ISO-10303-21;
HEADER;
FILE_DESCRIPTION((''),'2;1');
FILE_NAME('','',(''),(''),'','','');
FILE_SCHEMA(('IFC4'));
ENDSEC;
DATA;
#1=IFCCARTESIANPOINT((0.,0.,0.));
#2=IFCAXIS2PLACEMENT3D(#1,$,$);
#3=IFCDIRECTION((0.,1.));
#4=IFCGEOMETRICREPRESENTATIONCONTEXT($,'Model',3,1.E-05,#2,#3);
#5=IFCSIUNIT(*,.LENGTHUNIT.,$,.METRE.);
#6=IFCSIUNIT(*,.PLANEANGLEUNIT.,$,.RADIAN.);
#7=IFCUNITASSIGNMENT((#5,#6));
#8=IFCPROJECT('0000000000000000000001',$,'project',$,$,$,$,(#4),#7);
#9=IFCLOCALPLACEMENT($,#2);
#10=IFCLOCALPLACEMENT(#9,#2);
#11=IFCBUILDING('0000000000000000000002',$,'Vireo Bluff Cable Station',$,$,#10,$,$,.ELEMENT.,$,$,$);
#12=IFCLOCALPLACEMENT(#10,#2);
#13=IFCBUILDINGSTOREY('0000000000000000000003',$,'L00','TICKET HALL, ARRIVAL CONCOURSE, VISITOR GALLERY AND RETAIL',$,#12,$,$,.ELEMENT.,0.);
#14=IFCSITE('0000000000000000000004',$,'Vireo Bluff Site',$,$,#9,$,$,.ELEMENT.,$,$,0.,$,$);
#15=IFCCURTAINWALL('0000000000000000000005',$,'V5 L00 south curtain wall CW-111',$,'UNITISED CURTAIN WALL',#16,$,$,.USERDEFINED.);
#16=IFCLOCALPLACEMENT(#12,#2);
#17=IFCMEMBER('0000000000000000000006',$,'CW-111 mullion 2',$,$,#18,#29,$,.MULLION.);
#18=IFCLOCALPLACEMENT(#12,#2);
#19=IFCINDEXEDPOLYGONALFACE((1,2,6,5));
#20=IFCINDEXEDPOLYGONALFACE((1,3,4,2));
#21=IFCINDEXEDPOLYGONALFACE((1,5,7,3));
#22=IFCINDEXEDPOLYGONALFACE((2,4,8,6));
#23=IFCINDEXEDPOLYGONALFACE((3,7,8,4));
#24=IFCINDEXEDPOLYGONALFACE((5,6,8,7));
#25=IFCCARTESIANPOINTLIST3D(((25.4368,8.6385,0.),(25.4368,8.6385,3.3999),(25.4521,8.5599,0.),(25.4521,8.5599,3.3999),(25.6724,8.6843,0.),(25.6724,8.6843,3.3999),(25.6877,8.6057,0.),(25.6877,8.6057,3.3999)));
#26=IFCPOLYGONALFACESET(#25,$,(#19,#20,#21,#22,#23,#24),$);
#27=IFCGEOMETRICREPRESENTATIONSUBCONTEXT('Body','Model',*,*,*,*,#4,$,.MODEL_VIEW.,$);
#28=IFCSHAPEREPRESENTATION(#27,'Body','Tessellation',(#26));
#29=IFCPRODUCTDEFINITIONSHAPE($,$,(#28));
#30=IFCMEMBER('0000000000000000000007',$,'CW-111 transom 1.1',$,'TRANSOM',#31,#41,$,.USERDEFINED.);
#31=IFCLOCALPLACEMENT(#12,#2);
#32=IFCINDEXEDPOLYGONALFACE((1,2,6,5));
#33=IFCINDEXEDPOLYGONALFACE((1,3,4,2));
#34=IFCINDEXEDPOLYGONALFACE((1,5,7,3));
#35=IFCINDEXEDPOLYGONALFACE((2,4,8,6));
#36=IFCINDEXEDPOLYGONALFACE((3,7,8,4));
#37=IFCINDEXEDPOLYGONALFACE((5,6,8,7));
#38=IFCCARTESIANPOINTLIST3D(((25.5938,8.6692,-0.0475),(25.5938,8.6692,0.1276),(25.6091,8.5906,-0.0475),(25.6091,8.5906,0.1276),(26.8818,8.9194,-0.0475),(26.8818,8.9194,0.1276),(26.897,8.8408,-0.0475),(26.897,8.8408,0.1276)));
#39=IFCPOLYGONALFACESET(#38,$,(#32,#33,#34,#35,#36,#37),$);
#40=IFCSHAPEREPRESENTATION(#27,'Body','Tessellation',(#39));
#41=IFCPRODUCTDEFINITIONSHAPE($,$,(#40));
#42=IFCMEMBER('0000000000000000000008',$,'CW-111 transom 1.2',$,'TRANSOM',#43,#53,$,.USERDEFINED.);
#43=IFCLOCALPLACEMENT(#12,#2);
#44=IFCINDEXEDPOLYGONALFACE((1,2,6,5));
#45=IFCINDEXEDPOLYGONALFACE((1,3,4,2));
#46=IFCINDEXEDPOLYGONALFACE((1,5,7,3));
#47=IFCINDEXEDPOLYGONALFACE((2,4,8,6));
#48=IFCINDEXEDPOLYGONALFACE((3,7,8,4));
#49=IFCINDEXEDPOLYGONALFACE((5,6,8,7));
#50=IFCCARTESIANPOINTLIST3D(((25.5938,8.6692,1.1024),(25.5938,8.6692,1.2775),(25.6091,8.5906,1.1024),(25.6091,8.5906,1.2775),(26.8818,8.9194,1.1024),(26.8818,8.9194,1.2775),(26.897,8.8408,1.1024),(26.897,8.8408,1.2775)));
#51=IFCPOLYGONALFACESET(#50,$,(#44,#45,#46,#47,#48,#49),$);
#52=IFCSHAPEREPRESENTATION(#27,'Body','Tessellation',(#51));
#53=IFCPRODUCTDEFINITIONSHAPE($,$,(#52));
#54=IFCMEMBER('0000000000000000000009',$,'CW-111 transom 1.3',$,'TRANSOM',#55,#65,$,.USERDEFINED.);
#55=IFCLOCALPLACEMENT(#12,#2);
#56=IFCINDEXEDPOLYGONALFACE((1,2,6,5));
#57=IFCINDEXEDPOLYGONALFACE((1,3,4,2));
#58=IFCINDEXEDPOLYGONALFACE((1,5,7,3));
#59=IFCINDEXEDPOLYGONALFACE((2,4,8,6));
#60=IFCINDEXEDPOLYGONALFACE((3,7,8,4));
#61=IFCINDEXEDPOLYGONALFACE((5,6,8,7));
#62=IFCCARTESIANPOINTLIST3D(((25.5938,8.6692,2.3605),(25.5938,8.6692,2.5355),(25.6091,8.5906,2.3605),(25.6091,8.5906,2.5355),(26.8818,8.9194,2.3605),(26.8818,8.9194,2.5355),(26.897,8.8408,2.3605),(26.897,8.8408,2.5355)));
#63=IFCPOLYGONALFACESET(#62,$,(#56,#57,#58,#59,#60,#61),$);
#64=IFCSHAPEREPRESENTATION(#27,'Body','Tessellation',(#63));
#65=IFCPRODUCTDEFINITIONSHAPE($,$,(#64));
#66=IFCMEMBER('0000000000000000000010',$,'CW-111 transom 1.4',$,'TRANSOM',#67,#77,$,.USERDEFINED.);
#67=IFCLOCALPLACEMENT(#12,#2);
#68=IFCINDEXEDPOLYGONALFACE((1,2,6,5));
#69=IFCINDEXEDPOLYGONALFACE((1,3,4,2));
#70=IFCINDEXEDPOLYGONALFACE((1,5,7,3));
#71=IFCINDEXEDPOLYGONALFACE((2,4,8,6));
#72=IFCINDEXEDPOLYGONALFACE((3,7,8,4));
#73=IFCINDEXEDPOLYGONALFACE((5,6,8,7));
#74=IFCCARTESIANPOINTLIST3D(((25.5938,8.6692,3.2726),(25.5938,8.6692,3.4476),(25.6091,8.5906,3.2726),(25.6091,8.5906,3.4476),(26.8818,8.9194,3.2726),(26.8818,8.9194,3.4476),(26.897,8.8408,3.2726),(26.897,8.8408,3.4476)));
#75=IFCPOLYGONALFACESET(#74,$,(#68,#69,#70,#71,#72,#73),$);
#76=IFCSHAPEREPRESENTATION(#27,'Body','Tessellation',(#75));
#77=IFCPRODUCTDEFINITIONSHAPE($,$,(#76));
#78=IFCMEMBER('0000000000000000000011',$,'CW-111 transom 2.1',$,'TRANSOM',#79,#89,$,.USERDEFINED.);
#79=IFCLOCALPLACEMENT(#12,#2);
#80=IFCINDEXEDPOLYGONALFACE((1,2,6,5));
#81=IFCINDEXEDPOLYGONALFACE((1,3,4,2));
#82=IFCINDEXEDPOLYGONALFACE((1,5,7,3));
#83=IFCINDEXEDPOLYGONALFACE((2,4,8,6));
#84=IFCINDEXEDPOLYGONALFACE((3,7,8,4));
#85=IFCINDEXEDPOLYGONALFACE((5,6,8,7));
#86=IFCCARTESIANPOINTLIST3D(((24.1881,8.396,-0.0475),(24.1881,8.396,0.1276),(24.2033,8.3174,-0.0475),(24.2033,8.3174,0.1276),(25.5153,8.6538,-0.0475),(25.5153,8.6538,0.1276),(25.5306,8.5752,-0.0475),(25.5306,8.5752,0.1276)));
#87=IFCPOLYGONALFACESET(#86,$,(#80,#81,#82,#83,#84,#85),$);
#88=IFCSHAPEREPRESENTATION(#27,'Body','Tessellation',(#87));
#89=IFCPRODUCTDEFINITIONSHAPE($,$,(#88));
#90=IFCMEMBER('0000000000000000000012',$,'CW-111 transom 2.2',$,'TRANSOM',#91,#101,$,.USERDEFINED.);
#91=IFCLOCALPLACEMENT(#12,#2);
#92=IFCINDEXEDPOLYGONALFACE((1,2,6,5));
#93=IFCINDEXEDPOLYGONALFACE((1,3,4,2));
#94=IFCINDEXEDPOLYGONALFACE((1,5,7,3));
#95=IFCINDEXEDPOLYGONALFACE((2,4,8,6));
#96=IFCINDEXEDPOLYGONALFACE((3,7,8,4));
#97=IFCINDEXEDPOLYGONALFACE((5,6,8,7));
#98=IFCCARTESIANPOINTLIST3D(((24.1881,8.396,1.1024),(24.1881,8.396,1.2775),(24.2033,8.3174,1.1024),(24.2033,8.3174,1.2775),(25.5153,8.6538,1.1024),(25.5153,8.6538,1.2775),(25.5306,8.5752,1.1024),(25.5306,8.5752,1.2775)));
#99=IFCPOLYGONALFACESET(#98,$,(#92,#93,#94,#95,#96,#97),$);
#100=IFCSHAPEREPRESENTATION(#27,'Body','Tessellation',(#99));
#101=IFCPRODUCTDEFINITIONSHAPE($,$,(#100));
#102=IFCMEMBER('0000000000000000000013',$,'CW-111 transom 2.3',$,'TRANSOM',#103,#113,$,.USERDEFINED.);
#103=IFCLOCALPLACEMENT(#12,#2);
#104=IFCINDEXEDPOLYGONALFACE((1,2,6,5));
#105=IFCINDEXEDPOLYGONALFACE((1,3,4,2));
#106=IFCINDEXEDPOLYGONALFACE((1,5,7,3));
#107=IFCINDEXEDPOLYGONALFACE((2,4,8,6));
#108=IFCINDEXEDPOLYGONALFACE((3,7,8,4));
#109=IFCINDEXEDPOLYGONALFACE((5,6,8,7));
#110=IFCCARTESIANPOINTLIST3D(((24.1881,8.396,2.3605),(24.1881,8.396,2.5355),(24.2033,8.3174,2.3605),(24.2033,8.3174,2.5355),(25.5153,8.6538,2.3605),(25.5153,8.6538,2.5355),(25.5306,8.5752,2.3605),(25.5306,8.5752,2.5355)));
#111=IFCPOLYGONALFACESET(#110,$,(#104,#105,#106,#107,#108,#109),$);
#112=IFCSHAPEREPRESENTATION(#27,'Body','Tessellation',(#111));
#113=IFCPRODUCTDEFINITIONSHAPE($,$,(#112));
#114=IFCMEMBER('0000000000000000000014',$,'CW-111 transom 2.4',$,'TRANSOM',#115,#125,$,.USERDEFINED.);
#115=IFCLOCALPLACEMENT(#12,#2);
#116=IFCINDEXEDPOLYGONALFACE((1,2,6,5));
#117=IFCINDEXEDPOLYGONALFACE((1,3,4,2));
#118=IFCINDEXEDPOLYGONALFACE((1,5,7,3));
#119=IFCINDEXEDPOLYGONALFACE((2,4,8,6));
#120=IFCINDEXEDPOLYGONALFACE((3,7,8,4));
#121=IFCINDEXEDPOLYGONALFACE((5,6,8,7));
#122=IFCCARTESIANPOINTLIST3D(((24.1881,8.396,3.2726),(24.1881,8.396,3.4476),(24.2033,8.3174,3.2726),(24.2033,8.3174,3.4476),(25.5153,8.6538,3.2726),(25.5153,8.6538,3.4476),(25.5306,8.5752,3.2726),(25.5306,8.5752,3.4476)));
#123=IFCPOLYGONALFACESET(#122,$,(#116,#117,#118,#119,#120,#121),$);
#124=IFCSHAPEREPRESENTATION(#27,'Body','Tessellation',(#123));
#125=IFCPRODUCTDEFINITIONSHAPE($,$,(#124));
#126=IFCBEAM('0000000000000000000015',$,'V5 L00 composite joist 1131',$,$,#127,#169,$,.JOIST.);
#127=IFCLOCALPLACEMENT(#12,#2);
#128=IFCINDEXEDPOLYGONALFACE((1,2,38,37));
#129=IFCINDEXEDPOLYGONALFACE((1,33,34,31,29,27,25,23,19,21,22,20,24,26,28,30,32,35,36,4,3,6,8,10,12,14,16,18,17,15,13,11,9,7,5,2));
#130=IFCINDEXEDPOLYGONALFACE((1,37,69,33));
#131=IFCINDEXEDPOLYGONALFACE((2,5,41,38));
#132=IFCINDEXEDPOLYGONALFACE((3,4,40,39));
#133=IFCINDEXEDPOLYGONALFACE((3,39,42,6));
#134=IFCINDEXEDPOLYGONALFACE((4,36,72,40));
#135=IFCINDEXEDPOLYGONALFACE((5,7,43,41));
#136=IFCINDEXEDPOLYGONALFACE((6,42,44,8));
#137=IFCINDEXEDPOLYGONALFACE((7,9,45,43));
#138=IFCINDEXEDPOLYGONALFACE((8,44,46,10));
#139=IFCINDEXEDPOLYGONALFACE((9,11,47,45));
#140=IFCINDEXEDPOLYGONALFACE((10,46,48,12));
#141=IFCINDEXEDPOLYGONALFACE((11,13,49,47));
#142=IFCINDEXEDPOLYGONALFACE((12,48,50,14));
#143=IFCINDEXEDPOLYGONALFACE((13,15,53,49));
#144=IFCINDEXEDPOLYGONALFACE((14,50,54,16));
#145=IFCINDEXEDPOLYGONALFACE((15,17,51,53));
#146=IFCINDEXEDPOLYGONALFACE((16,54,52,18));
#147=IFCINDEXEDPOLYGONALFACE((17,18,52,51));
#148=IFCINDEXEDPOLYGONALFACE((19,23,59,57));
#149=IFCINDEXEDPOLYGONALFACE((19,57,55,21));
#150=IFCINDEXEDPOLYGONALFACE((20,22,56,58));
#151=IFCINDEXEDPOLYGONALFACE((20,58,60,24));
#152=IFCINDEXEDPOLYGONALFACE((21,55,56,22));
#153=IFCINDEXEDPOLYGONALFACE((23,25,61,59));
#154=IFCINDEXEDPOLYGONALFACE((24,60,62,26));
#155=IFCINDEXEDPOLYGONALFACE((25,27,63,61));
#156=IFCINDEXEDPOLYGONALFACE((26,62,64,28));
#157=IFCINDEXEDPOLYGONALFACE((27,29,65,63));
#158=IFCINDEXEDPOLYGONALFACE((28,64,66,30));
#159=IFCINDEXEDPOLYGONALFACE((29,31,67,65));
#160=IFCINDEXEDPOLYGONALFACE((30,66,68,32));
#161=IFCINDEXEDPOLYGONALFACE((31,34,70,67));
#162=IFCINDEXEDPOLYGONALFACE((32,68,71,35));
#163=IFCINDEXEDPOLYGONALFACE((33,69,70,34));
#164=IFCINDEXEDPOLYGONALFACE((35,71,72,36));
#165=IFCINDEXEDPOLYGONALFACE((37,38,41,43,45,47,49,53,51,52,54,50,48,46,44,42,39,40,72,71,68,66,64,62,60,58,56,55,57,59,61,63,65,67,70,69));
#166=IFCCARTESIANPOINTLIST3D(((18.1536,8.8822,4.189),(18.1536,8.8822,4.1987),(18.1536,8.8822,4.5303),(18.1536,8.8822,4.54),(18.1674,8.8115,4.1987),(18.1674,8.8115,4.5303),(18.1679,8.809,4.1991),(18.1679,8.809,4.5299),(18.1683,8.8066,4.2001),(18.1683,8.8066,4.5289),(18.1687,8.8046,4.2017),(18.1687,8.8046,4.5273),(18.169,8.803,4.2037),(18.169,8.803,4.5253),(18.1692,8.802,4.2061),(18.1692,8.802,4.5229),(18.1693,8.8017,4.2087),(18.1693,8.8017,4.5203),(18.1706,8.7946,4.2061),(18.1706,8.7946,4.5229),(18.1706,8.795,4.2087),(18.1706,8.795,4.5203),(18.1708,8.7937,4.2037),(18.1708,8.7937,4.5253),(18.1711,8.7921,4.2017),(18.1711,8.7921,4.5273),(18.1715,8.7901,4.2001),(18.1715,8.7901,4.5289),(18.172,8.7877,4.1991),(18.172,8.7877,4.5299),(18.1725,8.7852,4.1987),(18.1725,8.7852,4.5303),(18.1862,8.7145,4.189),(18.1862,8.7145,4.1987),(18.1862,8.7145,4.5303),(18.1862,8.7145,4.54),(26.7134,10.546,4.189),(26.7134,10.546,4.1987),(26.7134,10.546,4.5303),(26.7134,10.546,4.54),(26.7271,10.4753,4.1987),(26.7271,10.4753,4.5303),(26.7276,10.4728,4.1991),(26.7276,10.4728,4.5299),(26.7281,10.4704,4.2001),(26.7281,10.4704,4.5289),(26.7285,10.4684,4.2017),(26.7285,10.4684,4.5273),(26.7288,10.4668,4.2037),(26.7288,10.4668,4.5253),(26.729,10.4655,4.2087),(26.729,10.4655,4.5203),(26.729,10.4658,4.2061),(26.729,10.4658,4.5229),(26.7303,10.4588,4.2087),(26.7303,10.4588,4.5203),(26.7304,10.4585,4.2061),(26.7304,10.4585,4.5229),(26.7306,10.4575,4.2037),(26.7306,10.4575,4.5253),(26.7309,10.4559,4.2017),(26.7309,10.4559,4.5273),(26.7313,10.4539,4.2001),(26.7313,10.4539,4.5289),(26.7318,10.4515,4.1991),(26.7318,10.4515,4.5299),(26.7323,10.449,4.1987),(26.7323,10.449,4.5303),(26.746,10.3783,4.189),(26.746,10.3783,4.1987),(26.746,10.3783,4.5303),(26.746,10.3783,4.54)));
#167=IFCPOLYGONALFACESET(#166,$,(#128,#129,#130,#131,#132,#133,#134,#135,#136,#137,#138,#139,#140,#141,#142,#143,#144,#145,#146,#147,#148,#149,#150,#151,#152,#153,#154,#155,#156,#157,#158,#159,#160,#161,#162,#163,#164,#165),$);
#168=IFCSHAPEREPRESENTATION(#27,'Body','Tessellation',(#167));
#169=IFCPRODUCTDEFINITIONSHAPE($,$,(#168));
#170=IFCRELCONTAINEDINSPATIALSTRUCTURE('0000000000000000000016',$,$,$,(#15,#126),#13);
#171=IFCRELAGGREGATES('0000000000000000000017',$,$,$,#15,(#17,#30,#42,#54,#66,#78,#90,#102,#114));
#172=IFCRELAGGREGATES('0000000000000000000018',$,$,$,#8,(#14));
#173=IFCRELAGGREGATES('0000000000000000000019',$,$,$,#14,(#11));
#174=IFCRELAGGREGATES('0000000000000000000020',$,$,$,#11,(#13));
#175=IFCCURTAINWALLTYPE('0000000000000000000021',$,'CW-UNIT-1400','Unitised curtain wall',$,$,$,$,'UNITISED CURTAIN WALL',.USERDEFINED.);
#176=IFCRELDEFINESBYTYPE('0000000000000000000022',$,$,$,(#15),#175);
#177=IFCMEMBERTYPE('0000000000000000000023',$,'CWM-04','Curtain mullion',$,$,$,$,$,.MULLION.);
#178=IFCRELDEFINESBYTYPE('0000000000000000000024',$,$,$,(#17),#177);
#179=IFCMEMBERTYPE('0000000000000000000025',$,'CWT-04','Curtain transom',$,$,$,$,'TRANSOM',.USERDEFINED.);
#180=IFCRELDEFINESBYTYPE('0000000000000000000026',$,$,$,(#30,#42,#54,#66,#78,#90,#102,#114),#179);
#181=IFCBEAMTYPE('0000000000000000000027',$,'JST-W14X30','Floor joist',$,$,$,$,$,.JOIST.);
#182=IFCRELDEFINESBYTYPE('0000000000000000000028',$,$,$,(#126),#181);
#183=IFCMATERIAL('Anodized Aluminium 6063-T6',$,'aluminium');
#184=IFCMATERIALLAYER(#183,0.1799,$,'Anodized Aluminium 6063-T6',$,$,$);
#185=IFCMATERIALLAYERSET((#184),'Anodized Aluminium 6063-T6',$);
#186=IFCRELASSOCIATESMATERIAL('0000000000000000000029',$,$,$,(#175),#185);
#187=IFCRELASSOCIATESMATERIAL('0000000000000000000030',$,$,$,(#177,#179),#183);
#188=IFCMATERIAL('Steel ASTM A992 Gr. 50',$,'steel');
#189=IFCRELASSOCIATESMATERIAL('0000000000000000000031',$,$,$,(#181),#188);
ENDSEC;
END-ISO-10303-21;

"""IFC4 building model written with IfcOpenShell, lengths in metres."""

from ifc_helpers import new_model, si_unit, direction, frame, origin, origin_2d, place, context, subcontext, project, spatial, rectangle, i_section, extrude, material, layer, layer_set, material_profile, profile_set, type_object, element, aggregate, save


model = new_model("IFC4")

# Units and contexts
model_context = context("Model", 3, precision=1e-05, world=origin(), true_north=direction((0.0, 1.0)))
body_context = subcontext(model_context, "Body", "Model", "MODEL_VIEW")
ifc_project = project(units=[si_unit("LENGTHUNIT", "METRE"), si_unit("PLANEANGLEUNIT", "RADIAN")], contexts=[model_context])

# Site, building, storey
site_placement = place(None, origin())
site = spatial("IfcSite", under=ifc_project, at=site_placement, Name="Vireo Bluff Site", CompositionType="ELEMENT", RefElevation=0.0)
building_placement = place(site_placement, origin())
building = spatial("IfcBuilding", under=site, at=building_placement, Name="Vireo Bluff Cable Station", CompositionType="ELEMENT")
storey_placement = place(building_placement, origin())
storey = spatial("IfcBuildingStorey", under=building, at=storey_placement, Name="L00", Description="TICKET HALL, ARRIVAL CONCOURSE, VISITOR GALLERY AND RETAIL", CompositionType="ELEMENT", Elevation=0.0)

# Shared definitions
ifc_material_1 = material(Name="Steel ASTM A992 Gr. 50", Category="steel")

# Curtain wall, members
ifc_material_2 = material(Name="Anodized Aluminium 6063-T6", Category="aluminium")
ifc_layer_1 = layer(ifc_material_2, 0.1799, Name="Anodized Aluminium 6063-T6")
ifc_layer_set_1 = layer_set([ifc_layer_1], Name="Anodized Aluminium 6063-T6")
curtain_wall_type = type_object("IfcCurtainWallType", Name="CW-UNIT-1400", Description="Unitised curtain wall", ElementType="UNITISED CURTAIN WALL", PredefinedType="USERDEFINED", material=ifc_layer_set_1)
curtain_wall_placement = place(storey_placement, origin())
curtain_wall = element("IfcCurtainWall", 1, at=curtain_wall_placement, inside=storey, type_object=curtain_wall_type, Name="V5 L00 south curtain wall CW-111", ObjectType="UNITISED CURTAIN WALL", PredefinedType="USERDEFINED")
ifc_material_profile_1 = material_profile(ifc_material_2, rectangle(XDim=0.0801, YDim=0.24, at=origin_2d()), Name="ALU-M-80X240")
ifc_profile_set_1 = profile_set([ifc_material_profile_1], Name="Anodized Aluminium 6063-T6")
member_type_1 = type_object("IfcMemberType", Name="CWM-04", Description="Curtain mullion", PredefinedType="MULLION", material=ifc_profile_set_1)
member_1_placement = place(storey_placement, frame((25.5623, 8.6221, 0.0), z_axis=(0.0, 0.0, 1.0), x_axis=(0.190809, -0.981627, 0.0)))
member_1 = element("IfcMember", 2, at=member_1_placement, type_object=member_type_1, Name="CW-111 mullion 2", PredefinedType="MULLION", context=body_context, shape_type="SweptSolid", body=[
    extrude(rectangle(XDim=0.0801, YDim=0.24, at=origin_2d()), origin(), (0.0, 0.0, 1.0), 3.3999),
])
ifc_material_profile_2 = material_profile(ifc_material_2, rectangle(XDim=0.0801, YDim=0.175, at=origin_2d()), Name="ALU-T-80X175")
ifc_profile_set_2 = profile_set([ifc_material_profile_2], Name="Anodized Aluminium 6063-T6")
member_type_2 = type_object("IfcMemberType", Name="CWT-04", Description="Curtain transom", ElementType="TRANSOM", PredefinedType="USERDEFINED", material=ifc_profile_set_2)
member_2_placement = place(storey_placement, frame((26.8894, 8.8801, 0.04), z_axis=(-0.98164, -0.190745, 0.0), x_axis=(0.190745, -0.98164, 0.0)))
member_2 = element("IfcMember", 3, at=member_2_placement, type_object=member_type_2, Name="CW-111 transom 1.1", ObjectType="TRANSOM", PredefinedType="USERDEFINED", context=body_context, shape_type="SweptSolid", body=[
    extrude(rectangle(XDim=0.0801, YDim=0.175, at=origin_2d()), origin(), (0.0, 0.0, 1.0), 1.312),
])
member_3_placement = place(storey_placement, frame((26.8894, 8.8801, 1.1899), z_axis=(-0.98164, -0.190745, 0.0), x_axis=(0.190745, -0.98164, 0.0)))
member_3 = element("IfcMember", 4, at=member_3_placement, type_object=member_type_2, Name="CW-111 transom 1.2", ObjectType="TRANSOM", PredefinedType="USERDEFINED", context=body_context, shape_type="SweptSolid", body=[
    extrude(rectangle(XDim=0.0801, YDim=0.175, at=origin_2d()), origin(), (0.0, 0.0, 1.0), 1.312),
])
member_4_placement = place(storey_placement, frame((26.8894, 8.8801, 2.448), z_axis=(-0.98164, -0.190745, 0.0), x_axis=(0.190745, -0.98164, 0.0)))
member_4 = element("IfcMember", 5, at=member_4_placement, type_object=member_type_2, Name="CW-111 transom 1.3", ObjectType="TRANSOM", PredefinedType="USERDEFINED", context=body_context, shape_type="SweptSolid", body=[
    extrude(rectangle(XDim=0.0801, YDim=0.175, at=origin_2d()), origin(), (0.0, 0.0, 1.0), 1.312),
])
member_5_placement = place(storey_placement, frame((26.8894, 8.8801, 3.3601), z_axis=(-0.98164, -0.190745, 0.0), x_axis=(0.190745, -0.98164, 0.0)))
member_5 = element("IfcMember", 6, at=member_5_placement, type_object=member_type_2, Name="CW-111 transom 1.4", ObjectType="TRANSOM", PredefinedType="USERDEFINED", context=body_context, shape_type="SweptSolid", body=[
    extrude(rectangle(XDim=0.0801, YDim=0.175, at=origin_2d()), origin(), (0.0, 0.0, 1.0), 1.312),
])
member_6_placement = place(storey_placement, frame((25.5229, 8.6145, 0.04), z_axis=(-0.981649, -0.190696, 0.0), x_axis=(0.190696, -0.981649, 0.0)))
member_6 = element("IfcMember", 7, at=member_6_placement, type_object=member_type_2, Name="CW-111 transom 2.1", ObjectType="TRANSOM", PredefinedType="USERDEFINED", context=body_context, shape_type="SweptSolid", body=[
    extrude(rectangle(XDim=0.0801, YDim=0.175, at=origin_2d()), origin(), (0.0, 0.0, 1.0), 1.3521),
])
member_7_placement = place(storey_placement, frame((25.5229, 8.6145, 1.1899), z_axis=(-0.981649, -0.190696, 0.0), x_axis=(0.190696, -0.981649, 0.0)))
member_7 = element("IfcMember", 8, at=member_7_placement, type_object=member_type_2, Name="CW-111 transom 2.2", ObjectType="TRANSOM", PredefinedType="USERDEFINED", context=body_context, shape_type="SweptSolid", body=[
    extrude(rectangle(XDim=0.0801, YDim=0.175, at=origin_2d()), origin(), (0.0, 0.0, 1.0), 1.3521),
])
member_8_placement = place(storey_placement, frame((25.5229, 8.6145, 2.448), z_axis=(-0.981649, -0.190696, 0.0), x_axis=(0.190696, -0.981649, 0.0)))
member_8 = element("IfcMember", 9, at=member_8_placement, type_object=member_type_2, Name="CW-111 transom 2.3", ObjectType="TRANSOM", PredefinedType="USERDEFINED", context=body_context, shape_type="SweptSolid", body=[
    extrude(rectangle(XDim=0.0801, YDim=0.175, at=origin_2d()), origin(), (0.0, 0.0, 1.0), 1.3521),
])
member_9_placement = place(storey_placement, frame((25.5229, 8.6145, 3.3601), z_axis=(-0.981649, -0.190696, 0.0), x_axis=(0.190696, -0.981649, 0.0)))
member_9 = element("IfcMember", 10, at=member_9_placement, type_object=member_type_2, Name="CW-111 transom 2.4", ObjectType="TRANSOM", PredefinedType="USERDEFINED", context=body_context, shape_type="SweptSolid", body=[
    extrude(rectangle(XDim=0.0801, YDim=0.175, at=origin_2d()), origin(), (0.0, 0.0, 1.0), 1.3521),
])

# Beam
ifc_material_profile_3 = material_profile(ifc_material_1, i_section(OverallWidth=0.1709, OverallDepth=0.3511, WebThickness=0.0068, FlangeThickness=0.0098, FilletRadius=0.01, at=origin_2d()), Name="W14X30")
ifc_profile_set_3 = profile_set([ifc_material_profile_3], Name="Steel ASTM A992 Gr. 50")
beam_type_1 = type_object("IfcBeamType", Name="JST-W14X30", Description="Floor joist", PredefinedType="JOIST", material=ifc_profile_set_3)
beam_1_placement = place(storey_placement, frame((18.1699, 8.7983, 4.3645), z_axis=(0.981628, 0.190804, 0.0), x_axis=(-0.190804, 0.981628, 0.0)))
element("IfcBeam", 11, at=beam_1_placement, inside=storey, type_object=beam_type_1, Name="V5 L00 composite joist 1131", PredefinedType="JOIST", context=body_context, shape_type="SweptSolid", body=[
    extrude(i_section(OverallWidth=0.1709, OverallDepth=0.3511, WebThickness=0.0068, FlangeThickness=0.0098, FilletRadius=0.01, at=origin_2d()), origin(), (0.0, 0.0, 1.0), 8.72),
])

aggregate(curtain_wall, [member_1, member_2, member_3, member_4, member_5, member_6, member_7, member_8, member_9])

save(model, "model.ifc")
